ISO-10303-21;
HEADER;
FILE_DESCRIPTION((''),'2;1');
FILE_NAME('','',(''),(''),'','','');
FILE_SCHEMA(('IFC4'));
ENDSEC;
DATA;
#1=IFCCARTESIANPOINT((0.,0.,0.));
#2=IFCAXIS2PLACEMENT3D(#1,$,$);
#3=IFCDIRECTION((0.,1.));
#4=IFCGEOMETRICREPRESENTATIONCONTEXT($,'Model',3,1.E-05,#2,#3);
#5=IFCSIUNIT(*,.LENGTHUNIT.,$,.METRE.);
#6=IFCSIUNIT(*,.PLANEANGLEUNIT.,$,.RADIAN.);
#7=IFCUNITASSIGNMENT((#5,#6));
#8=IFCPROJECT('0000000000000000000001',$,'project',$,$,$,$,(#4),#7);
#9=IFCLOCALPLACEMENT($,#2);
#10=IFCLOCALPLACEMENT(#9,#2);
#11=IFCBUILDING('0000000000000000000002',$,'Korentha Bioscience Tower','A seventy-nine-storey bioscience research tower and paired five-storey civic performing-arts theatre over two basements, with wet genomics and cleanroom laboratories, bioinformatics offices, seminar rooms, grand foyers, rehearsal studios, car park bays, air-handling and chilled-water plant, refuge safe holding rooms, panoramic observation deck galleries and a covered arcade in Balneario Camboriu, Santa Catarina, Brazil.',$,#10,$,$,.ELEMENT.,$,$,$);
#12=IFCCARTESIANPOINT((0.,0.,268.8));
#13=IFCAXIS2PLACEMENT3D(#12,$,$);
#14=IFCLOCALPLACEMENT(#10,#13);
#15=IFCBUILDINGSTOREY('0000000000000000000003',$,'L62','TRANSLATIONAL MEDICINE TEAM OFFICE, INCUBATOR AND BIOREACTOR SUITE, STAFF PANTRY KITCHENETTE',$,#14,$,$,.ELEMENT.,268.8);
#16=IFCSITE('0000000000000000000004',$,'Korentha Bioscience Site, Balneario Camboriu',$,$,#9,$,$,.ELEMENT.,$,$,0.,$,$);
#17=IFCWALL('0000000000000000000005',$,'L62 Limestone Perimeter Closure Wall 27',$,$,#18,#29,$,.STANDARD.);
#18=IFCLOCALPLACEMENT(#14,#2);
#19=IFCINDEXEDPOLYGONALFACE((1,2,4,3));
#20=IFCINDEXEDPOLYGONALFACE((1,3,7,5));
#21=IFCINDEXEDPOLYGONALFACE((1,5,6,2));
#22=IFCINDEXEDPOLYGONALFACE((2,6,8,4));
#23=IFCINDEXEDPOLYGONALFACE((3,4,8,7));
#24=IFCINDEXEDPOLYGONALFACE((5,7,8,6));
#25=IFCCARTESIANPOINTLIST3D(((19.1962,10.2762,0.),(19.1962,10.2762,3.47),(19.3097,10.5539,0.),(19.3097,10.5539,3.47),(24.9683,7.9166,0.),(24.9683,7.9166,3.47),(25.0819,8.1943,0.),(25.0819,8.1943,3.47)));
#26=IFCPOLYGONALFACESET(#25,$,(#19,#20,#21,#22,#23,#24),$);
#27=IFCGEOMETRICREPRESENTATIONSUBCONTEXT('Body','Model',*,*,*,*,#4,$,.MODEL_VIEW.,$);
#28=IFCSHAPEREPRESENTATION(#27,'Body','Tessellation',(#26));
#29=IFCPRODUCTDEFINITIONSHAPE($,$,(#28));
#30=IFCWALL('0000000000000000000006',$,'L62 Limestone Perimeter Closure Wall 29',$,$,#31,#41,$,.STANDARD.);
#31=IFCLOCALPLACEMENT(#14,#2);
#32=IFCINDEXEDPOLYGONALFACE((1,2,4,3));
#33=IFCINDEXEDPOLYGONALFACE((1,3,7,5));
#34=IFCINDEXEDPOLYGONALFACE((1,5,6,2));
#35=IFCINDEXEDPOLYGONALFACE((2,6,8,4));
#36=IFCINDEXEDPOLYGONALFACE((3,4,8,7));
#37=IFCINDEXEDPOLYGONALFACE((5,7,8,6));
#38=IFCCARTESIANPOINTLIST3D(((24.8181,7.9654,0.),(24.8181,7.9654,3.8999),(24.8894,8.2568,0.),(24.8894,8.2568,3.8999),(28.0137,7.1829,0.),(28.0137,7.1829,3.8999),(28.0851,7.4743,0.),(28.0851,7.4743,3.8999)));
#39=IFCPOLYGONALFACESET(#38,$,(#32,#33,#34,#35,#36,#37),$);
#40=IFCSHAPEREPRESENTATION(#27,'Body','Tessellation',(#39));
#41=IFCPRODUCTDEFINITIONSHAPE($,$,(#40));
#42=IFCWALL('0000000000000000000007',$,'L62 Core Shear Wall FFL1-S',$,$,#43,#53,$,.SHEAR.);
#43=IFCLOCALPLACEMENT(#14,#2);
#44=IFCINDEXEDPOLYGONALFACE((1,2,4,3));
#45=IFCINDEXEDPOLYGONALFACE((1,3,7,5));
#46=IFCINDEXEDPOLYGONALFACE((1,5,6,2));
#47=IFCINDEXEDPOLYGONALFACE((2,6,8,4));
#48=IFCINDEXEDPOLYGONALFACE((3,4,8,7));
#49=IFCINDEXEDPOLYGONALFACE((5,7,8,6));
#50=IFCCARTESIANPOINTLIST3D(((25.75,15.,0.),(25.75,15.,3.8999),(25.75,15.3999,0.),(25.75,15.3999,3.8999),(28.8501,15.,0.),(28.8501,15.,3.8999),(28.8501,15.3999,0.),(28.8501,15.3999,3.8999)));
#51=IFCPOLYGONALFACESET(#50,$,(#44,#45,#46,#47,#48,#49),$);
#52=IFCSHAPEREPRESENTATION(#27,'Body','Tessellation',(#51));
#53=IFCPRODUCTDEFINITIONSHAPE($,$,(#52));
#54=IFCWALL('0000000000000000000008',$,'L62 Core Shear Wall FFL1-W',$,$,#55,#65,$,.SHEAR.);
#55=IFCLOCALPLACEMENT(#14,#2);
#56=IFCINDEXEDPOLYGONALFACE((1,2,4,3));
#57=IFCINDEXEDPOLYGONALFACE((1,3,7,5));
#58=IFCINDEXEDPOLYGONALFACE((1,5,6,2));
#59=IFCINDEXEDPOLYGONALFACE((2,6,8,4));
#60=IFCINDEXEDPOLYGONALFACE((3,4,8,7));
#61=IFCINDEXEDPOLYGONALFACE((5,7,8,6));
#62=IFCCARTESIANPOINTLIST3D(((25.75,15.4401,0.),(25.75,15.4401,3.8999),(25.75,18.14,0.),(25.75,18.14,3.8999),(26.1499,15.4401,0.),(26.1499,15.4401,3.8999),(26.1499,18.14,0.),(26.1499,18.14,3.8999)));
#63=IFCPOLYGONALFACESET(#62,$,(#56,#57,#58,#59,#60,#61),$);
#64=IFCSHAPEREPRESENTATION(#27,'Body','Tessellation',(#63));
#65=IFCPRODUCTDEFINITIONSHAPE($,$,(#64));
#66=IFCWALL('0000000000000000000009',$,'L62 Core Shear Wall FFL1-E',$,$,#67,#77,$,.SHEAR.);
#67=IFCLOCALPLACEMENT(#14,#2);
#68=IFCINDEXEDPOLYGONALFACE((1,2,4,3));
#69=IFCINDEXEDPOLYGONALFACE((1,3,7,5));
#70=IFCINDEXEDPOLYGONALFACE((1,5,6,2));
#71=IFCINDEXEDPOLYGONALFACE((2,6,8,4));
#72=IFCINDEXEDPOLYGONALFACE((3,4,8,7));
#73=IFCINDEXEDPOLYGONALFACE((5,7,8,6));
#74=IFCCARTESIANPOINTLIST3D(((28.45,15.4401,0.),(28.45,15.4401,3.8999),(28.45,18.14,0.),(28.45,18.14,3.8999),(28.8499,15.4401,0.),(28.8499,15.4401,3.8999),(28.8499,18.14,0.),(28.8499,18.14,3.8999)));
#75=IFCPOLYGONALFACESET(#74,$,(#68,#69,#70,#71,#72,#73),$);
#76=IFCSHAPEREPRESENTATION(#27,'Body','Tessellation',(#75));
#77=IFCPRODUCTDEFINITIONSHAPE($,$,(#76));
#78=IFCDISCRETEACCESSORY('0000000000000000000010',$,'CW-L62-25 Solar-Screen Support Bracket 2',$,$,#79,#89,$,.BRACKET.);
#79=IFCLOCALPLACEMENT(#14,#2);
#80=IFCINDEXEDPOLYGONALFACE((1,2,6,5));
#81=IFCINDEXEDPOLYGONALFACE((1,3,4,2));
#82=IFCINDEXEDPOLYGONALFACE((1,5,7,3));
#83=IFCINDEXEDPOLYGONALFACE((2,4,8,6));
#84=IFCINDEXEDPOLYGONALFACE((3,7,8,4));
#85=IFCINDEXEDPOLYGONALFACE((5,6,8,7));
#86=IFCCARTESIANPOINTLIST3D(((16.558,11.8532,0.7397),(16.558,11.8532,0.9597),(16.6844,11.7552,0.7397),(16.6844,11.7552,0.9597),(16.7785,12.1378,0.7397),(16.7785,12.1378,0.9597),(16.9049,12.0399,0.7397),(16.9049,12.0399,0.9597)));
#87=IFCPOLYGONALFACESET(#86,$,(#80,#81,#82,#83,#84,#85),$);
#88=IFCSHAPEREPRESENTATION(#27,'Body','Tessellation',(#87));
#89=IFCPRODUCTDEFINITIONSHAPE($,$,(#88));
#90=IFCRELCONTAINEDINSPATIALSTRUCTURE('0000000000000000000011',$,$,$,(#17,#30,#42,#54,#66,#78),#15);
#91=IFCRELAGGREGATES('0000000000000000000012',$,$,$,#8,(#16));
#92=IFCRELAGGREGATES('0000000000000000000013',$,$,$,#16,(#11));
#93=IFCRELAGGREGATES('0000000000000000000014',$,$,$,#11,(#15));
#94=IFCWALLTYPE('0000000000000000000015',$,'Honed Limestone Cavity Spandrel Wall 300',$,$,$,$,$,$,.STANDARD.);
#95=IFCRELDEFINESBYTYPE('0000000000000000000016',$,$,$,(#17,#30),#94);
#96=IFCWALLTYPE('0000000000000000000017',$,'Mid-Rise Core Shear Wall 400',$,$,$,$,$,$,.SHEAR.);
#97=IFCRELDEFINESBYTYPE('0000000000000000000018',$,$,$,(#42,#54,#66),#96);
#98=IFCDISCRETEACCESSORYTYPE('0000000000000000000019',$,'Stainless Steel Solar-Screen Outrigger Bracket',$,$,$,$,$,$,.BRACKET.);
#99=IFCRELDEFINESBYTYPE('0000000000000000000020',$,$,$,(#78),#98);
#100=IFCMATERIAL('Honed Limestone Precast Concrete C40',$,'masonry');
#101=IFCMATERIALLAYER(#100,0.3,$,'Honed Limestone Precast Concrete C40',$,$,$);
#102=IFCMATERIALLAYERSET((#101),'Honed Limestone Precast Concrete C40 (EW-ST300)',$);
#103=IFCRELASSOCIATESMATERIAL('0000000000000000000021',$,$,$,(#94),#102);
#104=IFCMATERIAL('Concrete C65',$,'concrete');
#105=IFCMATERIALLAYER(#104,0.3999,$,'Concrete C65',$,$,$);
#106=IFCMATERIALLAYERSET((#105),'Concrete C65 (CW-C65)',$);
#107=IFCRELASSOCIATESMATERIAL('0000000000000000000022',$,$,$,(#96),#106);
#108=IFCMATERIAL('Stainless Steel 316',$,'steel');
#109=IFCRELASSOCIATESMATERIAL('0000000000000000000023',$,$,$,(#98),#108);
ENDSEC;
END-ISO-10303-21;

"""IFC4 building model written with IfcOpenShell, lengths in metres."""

from ifc_helpers import new_model, si_unit, direction, frame, frame_2d, origin, origin_2d, place, context, subcontext, project, spatial, rectangle, extrude, material, layer, layer_set, type_object, element, save


model = new_model("IFC4")

# Units and contexts
model_context = context("Model", 3, precision=1e-05, world=origin(), true_north=direction((0.0, 1.0)))
body_context = subcontext(model_context, "Body", "Model", "MODEL_VIEW")
ifc_project = project(units=[si_unit("LENGTHUNIT", "METRE"), si_unit("PLANEANGLEUNIT", "RADIAN")], contexts=[model_context])

# Site, building, storey
site_placement = place(None, origin())
site = spatial("IfcSite", under=ifc_project, at=site_placement, Name="Korentha Bioscience Site, Balneario Camboriu", CompositionType="ELEMENT", RefElevation=0.0)
building_placement = place(site_placement, origin())
building = spatial("IfcBuilding", under=site, at=building_placement, Name="Korentha Bioscience Tower", Description="A seventy-nine-storey bioscience research tower and paired five-storey civic performing-arts theatre over two basements, with wet genomics and cleanroom laboratories, bioinformatics offices, seminar rooms, grand foyers, rehearsal studios, car park bays, air-handling and chilled-water plant, refuge safe holding rooms, panoramic observation deck galleries and a covered arcade in Balneario Camboriu, Santa Catarina, Brazil.", CompositionType="ELEMENT")
storey_placement = place(building_placement, frame((0.0, 0.0, 268.8)))
storey = spatial("IfcBuildingStorey", under=building, at=storey_placement, Name="L62", Description="TRANSLATIONAL MEDICINE TEAM OFFICE, INCUBATOR AND BIOREACTOR SUITE, STAFF PANTRY KITCHENETTE", CompositionType="ELEMENT", Elevation=268.8)

# Shared definitions
ifc_material_1 = material(Name="Concrete C65", Category="concrete")

# Shared definitions
ifc_material_2 = material(Name="Honed Limestone Precast Concrete C40", Category="masonry")
ifc_layer_1 = layer(ifc_material_2, 0.3, Name="Honed Limestone Precast Concrete C40")
ifc_layer_set_1 = layer_set([ifc_layer_1], Name="Honed Limestone Precast Concrete C40 (EW-ST300)")
wall_type_1 = type_object("IfcWallType", Name="Honed Limestone Cavity Spandrel Wall 300", PredefinedType="STANDARD", material=ifc_layer_set_1)

# Walls
wall_1_placement = place(storey_placement, frame((19.2529, 10.415, 0.0), z_axis=(0.0, 0.0, 1.0), x_axis=(0.925645, -0.378393, 0.0)))
element("IfcWall", 1, at=wall_1_placement, inside=storey, type_object=wall_type_1, Name="L62 Limestone Perimeter Closure Wall 27", PredefinedType="STANDARD", context=body_context, shape_type="SweptSolid", body=[
    extrude(rectangle(XDim=6.2358, YDim=0.3, at=frame_2d((3.1179, 0.0))), origin(), (0.0, 0.0, 1.0), 3.47),
])
wall_2_placement = place(storey_placement, frame((24.8538, 8.1111, 0.0), z_axis=(0.0, 0.0, 1.0), x_axis=(0.971305, -0.237836, 0.0)))
element("IfcWall", 2, at=wall_2_placement, inside=storey, type_object=wall_type_1, Name="L62 Limestone Perimeter Closure Wall 29", PredefinedType="STANDARD", context=body_context, shape_type="SweptSolid", body=[
    extrude(rectangle(XDim=3.29, YDim=0.3, at=frame_2d((1.645, 0.0))), origin(), (0.0, 0.0, 1.0), 3.8999),
])
ifc_layer_2 = layer(ifc_material_1, 0.3999, Name="Concrete C65")
ifc_layer_set_2 = layer_set([ifc_layer_2], Name="Concrete C65 (CW-C65)")
wall_type_2 = type_object("IfcWallType", Name="Mid-Rise Core Shear Wall 400", PredefinedType="SHEAR", material=ifc_layer_set_2)
wall_3_placement = place(storey_placement, frame((25.75, 15.2, 0.0), z_axis=(0.0, 0.0, 1.0), x_axis=(1.0, 0.0, 0.0)))
element("IfcWall", 3, at=wall_3_placement, inside=storey, type_object=wall_type_2, Name="L62 Core Shear Wall FFL1-S", PredefinedType="SHEAR", context=body_context, shape_type="SweptSolid", body=[
    extrude(rectangle(XDim=3.1001, YDim=0.3999, at=frame_2d((1.55, 0.0))), origin(), (0.0, 0.0, 1.0), 3.8999),
])
for number, where, z_axis, x_axis, name in (
    (4, (25.95, 15.4399, 0.0), (0.0, 0.0, 1.0), (0.0, 1.0, 0.0), "L62 Core Shear Wall FFL1-W"),
    (5, (28.6499, 15.4399, 0.0), (0.0, 0.0, 1.0), (0.0, 1.0, 0.0), "L62 Core Shear Wall FFL1-E"),
):
    element("IfcWall", number, at=place(storey_placement, frame(where, z_axis=z_axis, x_axis=x_axis)), inside=storey, type_object=wall_type_2, Name=name, PredefinedType="SHEAR", context=body_context, shape_type="SweptSolid", body=[
        extrude(rectangle(XDim=2.7, YDim=0.3999, at=frame_2d((1.3501, 0.0))), origin(), (0.0, 0.0, 1.0), 3.8999),
    ])

# Discrete accessory
ifc_material_3 = material(Name="Stainless Steel 316", Category="steel")
discrete_accessory_type = type_object("IfcDiscreteAccessoryType", Name="Stainless Steel Solar-Screen Outrigger Bracket", PredefinedType="BRACKET", material=ifc_material_3)
discrete_accessory_placement = place(storey_placement, frame((16.7314, 11.9465, 0.7397), z_axis=(0.0, 0.0, 1.0), x_axis=(0.790488, -0.612478, 0.0)))
element("IfcDiscreteAccessory", 6, at=discrete_accessory_placement, inside=storey, type_object=discrete_accessory_type, Name="CW-L62-25 Solar-Screen Support Bracket 2", PredefinedType="BRACKET", context=body_context, shape_type="SweptSolid", body=[
    extrude(rectangle(XDim=0.1599, YDim=0.3601, at=origin_2d()), origin(), (0.0, 0.0, 1.0), 0.22),
])

save(model, "model.ifc")
